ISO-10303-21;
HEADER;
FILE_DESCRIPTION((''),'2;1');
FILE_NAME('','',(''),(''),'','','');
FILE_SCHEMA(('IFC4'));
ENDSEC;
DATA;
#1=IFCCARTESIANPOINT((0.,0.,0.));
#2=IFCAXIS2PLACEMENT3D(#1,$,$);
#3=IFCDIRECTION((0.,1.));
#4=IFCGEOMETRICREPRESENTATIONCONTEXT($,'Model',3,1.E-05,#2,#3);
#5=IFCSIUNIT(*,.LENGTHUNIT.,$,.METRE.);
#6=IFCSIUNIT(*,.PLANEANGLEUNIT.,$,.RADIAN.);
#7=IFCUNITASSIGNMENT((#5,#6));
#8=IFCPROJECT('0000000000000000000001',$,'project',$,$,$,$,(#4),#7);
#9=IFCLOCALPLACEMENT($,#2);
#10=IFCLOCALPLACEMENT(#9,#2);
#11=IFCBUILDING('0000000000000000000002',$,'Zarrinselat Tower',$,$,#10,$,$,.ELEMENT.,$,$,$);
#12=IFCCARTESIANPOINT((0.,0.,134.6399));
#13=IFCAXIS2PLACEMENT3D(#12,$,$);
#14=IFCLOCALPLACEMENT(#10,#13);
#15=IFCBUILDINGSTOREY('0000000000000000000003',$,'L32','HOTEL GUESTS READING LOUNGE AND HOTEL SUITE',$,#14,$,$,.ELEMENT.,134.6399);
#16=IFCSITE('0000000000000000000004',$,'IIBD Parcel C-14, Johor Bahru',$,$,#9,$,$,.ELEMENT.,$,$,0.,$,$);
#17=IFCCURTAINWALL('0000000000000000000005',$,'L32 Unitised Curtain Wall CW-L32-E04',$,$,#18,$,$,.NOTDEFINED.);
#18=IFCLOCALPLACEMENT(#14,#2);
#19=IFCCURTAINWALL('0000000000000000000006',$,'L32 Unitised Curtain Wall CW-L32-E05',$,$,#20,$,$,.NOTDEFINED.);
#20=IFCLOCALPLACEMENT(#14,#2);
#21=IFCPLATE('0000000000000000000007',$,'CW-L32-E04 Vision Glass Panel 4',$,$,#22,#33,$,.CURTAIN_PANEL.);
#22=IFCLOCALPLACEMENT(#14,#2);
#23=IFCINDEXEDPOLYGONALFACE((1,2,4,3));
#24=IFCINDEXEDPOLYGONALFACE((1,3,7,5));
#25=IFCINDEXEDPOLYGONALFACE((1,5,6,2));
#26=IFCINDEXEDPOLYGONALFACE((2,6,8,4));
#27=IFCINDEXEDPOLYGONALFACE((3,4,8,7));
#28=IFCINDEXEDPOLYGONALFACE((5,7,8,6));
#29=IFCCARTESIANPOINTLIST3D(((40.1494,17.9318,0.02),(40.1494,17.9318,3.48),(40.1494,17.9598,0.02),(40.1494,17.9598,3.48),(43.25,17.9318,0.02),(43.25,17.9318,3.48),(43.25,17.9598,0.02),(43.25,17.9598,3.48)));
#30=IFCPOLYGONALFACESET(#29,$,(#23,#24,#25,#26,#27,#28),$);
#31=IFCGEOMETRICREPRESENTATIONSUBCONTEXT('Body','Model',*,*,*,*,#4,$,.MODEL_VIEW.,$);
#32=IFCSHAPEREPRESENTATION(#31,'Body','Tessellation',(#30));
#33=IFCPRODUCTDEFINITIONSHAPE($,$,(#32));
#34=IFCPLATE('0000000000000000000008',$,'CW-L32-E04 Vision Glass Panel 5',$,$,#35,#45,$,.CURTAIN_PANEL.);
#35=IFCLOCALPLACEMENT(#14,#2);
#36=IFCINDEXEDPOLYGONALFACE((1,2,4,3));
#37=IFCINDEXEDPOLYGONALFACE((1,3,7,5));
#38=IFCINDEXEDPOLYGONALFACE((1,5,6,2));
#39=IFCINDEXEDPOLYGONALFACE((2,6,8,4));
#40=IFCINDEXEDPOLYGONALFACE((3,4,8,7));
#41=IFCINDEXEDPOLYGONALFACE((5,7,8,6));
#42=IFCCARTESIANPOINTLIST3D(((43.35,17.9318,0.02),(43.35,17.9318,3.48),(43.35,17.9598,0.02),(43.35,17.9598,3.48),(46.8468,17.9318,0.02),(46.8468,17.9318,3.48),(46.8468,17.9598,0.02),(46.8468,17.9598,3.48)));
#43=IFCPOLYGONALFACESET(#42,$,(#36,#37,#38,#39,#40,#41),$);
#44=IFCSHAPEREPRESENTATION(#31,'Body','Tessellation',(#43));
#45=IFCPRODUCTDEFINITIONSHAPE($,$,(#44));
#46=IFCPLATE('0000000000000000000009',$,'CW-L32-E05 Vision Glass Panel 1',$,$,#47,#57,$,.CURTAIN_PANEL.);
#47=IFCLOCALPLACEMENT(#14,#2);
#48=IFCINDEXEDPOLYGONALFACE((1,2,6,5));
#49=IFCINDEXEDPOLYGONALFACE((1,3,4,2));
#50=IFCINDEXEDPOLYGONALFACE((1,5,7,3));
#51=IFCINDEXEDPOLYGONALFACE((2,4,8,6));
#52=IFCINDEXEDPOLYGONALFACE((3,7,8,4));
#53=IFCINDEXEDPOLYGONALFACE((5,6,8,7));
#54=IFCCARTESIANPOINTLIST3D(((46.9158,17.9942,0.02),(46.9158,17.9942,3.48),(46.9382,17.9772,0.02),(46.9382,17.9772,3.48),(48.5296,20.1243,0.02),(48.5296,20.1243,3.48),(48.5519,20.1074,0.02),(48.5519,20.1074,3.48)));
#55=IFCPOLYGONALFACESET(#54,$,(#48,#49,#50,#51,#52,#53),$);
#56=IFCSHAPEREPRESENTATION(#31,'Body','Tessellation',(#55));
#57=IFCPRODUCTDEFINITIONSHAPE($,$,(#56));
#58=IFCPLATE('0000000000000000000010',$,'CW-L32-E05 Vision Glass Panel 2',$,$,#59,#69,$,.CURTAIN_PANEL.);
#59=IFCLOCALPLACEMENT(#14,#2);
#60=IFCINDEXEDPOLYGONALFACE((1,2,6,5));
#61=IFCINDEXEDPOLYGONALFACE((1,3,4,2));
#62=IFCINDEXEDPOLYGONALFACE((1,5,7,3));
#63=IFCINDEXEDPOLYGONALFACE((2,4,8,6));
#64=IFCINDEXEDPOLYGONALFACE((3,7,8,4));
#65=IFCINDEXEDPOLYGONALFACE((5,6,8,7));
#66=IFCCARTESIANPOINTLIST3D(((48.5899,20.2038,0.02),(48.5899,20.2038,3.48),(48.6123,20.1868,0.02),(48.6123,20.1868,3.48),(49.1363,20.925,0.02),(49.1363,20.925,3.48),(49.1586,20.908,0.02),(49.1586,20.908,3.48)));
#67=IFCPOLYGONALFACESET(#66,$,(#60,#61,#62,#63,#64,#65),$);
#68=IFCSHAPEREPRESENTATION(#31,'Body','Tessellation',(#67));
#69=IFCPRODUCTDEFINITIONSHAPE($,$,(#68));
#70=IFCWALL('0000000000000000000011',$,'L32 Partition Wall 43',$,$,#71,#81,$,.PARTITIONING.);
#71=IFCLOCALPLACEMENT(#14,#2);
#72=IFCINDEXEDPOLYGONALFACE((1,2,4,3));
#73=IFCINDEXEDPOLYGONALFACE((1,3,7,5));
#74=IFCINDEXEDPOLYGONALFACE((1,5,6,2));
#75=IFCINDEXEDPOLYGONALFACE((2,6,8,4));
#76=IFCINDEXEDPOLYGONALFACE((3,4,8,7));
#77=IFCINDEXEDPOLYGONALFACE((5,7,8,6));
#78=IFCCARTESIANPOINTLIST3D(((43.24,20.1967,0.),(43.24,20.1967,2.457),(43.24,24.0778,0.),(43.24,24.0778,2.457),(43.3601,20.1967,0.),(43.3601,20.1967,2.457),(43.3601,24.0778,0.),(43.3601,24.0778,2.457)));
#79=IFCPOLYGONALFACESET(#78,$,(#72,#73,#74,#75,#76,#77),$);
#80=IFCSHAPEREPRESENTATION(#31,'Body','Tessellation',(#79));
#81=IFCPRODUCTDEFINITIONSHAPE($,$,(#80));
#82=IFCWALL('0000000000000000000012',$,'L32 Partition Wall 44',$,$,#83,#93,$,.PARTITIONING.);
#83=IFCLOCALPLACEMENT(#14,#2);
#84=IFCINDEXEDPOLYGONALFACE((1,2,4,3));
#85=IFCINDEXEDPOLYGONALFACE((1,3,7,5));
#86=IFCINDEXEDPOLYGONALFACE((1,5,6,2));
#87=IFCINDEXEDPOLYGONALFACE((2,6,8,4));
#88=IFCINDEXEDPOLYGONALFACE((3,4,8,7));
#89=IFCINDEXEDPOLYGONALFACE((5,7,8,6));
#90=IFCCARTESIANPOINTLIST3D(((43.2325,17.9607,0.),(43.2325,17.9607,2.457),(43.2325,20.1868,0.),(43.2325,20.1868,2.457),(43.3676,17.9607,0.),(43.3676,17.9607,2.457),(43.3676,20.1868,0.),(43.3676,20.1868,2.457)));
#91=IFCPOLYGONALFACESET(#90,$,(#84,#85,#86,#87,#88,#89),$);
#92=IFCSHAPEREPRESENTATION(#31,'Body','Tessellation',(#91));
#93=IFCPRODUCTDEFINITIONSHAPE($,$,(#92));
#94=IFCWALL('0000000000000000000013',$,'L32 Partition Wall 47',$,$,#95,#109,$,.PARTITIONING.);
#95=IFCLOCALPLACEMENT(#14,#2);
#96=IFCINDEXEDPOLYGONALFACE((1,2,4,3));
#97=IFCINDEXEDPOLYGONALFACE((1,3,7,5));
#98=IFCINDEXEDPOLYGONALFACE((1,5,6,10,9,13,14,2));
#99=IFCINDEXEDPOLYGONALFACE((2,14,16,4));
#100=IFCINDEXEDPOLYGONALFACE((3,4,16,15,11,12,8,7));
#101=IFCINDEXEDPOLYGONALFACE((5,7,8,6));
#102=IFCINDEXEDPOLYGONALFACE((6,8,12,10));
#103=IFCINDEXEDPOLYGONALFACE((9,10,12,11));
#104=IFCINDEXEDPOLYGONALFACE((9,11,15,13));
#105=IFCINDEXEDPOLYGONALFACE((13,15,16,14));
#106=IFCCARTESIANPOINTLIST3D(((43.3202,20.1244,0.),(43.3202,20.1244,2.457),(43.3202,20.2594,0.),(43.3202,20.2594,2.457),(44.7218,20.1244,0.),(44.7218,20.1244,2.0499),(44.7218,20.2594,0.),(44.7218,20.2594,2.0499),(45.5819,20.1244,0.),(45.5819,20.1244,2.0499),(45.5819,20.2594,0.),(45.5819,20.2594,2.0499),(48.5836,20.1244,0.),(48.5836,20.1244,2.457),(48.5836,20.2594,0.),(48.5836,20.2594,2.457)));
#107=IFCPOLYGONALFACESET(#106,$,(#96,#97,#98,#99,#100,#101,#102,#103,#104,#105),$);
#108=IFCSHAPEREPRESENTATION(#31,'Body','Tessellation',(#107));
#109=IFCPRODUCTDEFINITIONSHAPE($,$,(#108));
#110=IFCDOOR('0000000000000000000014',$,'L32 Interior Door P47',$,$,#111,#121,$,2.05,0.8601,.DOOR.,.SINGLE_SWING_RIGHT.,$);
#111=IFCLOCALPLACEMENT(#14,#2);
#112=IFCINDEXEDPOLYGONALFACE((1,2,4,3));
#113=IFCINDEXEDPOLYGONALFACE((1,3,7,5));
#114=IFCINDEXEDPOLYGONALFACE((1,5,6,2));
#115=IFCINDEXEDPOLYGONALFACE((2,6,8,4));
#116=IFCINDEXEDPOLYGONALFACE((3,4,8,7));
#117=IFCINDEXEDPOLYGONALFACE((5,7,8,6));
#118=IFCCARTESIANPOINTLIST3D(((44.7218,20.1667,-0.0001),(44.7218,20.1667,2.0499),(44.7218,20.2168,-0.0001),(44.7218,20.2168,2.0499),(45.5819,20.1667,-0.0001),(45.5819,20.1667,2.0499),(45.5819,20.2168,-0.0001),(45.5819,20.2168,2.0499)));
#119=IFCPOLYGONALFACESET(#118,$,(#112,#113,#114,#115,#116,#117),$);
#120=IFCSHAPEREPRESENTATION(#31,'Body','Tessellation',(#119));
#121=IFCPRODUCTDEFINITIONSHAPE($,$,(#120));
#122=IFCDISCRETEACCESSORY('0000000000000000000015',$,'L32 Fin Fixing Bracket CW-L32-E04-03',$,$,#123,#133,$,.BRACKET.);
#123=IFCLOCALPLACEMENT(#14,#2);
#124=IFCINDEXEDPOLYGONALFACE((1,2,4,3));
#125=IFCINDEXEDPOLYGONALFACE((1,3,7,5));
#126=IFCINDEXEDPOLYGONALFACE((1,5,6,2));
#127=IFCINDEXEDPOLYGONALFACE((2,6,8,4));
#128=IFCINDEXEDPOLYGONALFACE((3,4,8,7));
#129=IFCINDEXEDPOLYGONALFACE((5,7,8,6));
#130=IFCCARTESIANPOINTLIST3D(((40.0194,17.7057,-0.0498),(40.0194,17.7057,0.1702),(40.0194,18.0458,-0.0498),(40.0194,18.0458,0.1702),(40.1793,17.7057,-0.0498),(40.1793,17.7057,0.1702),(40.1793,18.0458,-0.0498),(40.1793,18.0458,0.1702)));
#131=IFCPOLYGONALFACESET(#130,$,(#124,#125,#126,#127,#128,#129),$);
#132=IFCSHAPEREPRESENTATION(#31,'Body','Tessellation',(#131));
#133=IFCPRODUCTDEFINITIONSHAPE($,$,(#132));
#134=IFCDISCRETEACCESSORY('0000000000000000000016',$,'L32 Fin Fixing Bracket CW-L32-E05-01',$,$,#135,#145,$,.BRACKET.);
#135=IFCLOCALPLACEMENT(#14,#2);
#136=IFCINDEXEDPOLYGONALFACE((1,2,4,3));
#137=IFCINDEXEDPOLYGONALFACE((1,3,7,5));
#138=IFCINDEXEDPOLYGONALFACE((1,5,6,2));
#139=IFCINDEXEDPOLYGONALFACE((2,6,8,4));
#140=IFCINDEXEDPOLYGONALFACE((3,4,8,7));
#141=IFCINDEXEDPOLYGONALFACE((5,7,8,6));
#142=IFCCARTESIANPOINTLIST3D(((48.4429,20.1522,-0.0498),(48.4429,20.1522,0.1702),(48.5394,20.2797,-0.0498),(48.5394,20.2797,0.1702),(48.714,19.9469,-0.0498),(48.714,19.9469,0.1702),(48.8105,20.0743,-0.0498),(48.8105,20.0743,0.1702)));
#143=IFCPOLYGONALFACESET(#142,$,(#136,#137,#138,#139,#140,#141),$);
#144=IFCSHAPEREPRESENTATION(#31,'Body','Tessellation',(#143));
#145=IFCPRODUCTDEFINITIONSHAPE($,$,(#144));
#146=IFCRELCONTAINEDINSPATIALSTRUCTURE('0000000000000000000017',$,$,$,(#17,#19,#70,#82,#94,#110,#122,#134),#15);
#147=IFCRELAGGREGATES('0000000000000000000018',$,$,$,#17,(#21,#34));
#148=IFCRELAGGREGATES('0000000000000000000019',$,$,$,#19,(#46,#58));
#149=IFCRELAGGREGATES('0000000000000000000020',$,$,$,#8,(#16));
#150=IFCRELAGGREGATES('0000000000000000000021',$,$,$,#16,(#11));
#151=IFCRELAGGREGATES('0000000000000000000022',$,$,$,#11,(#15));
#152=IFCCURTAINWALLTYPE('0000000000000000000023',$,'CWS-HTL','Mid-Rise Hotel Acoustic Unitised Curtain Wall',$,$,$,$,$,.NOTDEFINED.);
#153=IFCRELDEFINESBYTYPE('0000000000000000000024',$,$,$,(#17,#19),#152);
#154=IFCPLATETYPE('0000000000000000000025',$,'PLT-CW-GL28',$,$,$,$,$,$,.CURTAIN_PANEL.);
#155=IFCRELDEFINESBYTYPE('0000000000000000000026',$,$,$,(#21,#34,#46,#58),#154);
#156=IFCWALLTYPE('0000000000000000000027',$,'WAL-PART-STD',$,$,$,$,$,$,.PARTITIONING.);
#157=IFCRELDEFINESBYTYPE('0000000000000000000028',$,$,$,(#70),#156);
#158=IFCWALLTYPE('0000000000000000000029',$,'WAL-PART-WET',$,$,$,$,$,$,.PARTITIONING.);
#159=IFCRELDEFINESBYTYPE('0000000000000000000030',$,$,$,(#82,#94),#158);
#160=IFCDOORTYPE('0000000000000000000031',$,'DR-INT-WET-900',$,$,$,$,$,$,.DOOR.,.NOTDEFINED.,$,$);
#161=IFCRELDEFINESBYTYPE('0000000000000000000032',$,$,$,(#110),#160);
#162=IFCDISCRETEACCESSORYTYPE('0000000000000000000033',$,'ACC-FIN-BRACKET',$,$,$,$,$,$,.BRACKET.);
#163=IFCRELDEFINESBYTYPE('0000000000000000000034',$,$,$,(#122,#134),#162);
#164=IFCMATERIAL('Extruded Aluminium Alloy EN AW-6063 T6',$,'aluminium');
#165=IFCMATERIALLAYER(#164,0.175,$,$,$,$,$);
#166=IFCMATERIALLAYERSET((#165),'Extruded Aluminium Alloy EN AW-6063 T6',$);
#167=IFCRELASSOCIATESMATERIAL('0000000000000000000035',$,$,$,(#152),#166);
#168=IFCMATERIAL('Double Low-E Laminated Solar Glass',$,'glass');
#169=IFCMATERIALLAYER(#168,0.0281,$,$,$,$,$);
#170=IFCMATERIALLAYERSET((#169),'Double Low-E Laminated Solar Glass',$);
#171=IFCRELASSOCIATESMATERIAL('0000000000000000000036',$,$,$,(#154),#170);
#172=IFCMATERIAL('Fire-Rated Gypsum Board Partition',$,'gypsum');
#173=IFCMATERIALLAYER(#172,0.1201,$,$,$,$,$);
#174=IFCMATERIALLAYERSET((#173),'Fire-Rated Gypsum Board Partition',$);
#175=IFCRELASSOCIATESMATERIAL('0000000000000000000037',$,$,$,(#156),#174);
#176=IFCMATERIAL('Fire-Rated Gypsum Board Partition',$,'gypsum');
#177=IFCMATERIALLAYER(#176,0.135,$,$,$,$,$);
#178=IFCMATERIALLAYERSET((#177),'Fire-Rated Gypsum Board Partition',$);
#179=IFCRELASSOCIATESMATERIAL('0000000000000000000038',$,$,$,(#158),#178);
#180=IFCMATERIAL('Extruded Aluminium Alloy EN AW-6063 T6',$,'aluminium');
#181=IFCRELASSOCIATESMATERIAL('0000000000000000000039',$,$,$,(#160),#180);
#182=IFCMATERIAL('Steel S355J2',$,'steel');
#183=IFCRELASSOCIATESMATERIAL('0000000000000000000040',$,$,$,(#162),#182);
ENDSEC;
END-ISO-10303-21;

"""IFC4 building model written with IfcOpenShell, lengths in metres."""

from ifc_helpers import new_model, si_unit, direction, frame, frame_2d, origin, origin_2d, place, context, subcontext, project, spatial, rectangle, extrude, material, layer, layer_set, type_object, element, fill, aggregate, save


model = new_model("IFC4")

# Units and contexts
model_context = context("Model", 3, precision=1e-05, world=origin(), true_north=direction((0.0, 1.0)))
body_context = subcontext(model_context, "Body", "Model", "MODEL_VIEW")
ifc_project = project(units=[si_unit("LENGTHUNIT", "METRE"), si_unit("PLANEANGLEUNIT", "RADIAN")], contexts=[model_context])

# Site, building, storey
site_placement = place(None, origin())
site = spatial("IfcSite", under=ifc_project, at=site_placement, Name="IIBD Parcel C-14, Johor Bahru", CompositionType="ELEMENT", RefElevation=0.0)
building_placement = place(site_placement, origin())
building = spatial("IfcBuilding", under=site, at=building_placement, Name="Zarrinselat Tower", CompositionType="ELEMENT")
storey_placement = place(building_placement, frame((0.0, 0.0, 134.6399)))
storey = spatial("IfcBuildingStorey", under=building, at=storey_placement, Name="L32", Description="HOTEL GUESTS READING LOUNGE AND HOTEL SUITE", CompositionType="ELEMENT", Elevation=134.6399)

# Curtain walls
ifc_material_1 = material(Name="Extruded Aluminium Alloy EN AW-6063 T6", Category="aluminium")
ifc_layer_1 = layer(ifc_material_1, 0.175)
ifc_layer_set_1 = layer_set([ifc_layer_1], Name="Extruded Aluminium Alloy EN AW-6063 T6")
curtain_wall_type = type_object("IfcCurtainWallType", Name="CWS-HTL", Description="Mid-Rise Hotel Acoustic Unitised Curtain Wall", PredefinedType="NOTDEFINED", material=ifc_layer_set_1)
curtain_wall_1_placement = place(storey_placement, origin())
curtain_wall_1 = element("IfcCurtainWall", 1, at=curtain_wall_1_placement, inside=storey, type_object=curtain_wall_type, Name="L32 Unitised Curtain Wall CW-L32-E04", PredefinedType="NOTDEFINED")
curtain_wall_2_placement = place(storey_placement, origin())
curtain_wall_2 = element("IfcCurtainWall", 2, at=curtain_wall_2_placement, inside=storey, type_object=curtain_wall_type, Name="L32 Unitised Curtain Wall CW-L32-E05", PredefinedType="NOTDEFINED")

# Plates
ifc_material_2 = material(Name="Double Low-E Laminated Solar Glass", Category="glass")
ifc_layer_2 = layer(ifc_material_2, 0.0281)
ifc_layer_set_2 = layer_set([ifc_layer_2], Name="Double Low-E Laminated Solar Glass")
plate_type = type_object("IfcPlateType", Name="PLT-CW-GL28", PredefinedType="CURTAIN_PANEL", material=ifc_layer_set_2)
plate_1_placement = place(storey_placement, frame((41.6997, 17.9458, 0.02), z_axis=(0.0, 0.0, 1.0), x_axis=(1.0, 0.0, 0.0)))
plate_1 = element("IfcPlate", 3, at=plate_1_placement, type_object=plate_type, Name="CW-L32-E04 Vision Glass Panel 4", PredefinedType="CURTAIN_PANEL", context=body_context, shape_type="SweptSolid", body=[
    extrude(rectangle(XDim=3.1006, YDim=0.0281, at=origin_2d()), origin(), (0.0, 0.0, 1.0), 3.46),
])
plate_2_placement = place(storey_placement, frame((45.0984, 17.9458, 0.02), z_axis=(0.0, 0.0, 1.0), x_axis=(1.0, 0.0, 0.0)))
plate_2 = element("IfcPlate", 4, at=plate_2_placement, type_object=plate_type, Name="CW-L32-E04 Vision Glass Panel 5", PredefinedType="CURTAIN_PANEL", context=body_context, shape_type="SweptSolid", body=[
    extrude(rectangle(XDim=3.4968, YDim=0.0281, at=origin_2d()), origin(), (0.0, 0.0, 1.0), 3.46),
])
aggregate(curtain_wall_1, [plate_1, plate_2])
plate_3_placement = place(storey_placement, frame((47.7339, 19.0508, 0.02), z_axis=(0.0, 0.0, 1.0), x_axis=(0.603856, 0.797094, 0.0)))
plate_3 = element("IfcPlate", 5, at=plate_3_placement, type_object=plate_type, Name="CW-L32-E05 Vision Glass Panel 1", PredefinedType="CURTAIN_PANEL", context=body_context, shape_type="SweptSolid", body=[
    extrude(rectangle(XDim=2.6724, YDim=0.0281, at=origin_2d()), origin(), (0.0, 0.0, 1.0), 3.46),
])
plate_4_placement = place(storey_placement, frame((48.8743, 20.5559, 0.02), z_axis=(0.0, 0.0, 1.0), x_axis=(0.603856, 0.797094, 0.0)))
plate_4 = element("IfcPlate", 6, at=plate_4_placement, type_object=plate_type, Name="CW-L32-E05 Vision Glass Panel 2", PredefinedType="CURTAIN_PANEL", context=body_context, shape_type="SweptSolid", body=[
    extrude(rectangle(XDim=0.9048, YDim=0.0281, at=origin_2d()), origin(), (0.0, 0.0, 1.0), 3.46),
])
aggregate(curtain_wall_2, [plate_3, plate_4])

# Walls
ifc_material_3 = material(Name="Fire-Rated Gypsum Board Partition", Category="gypsum")
ifc_layer_3 = layer(ifc_material_3, 0.1201)
ifc_layer_set_3 = layer_set([ifc_layer_3], Name="Fire-Rated Gypsum Board Partition")
wall_type_1 = type_object("IfcWallType", Name="WAL-PART-STD", PredefinedType="PARTITIONING", material=ifc_layer_set_3)
wall_1_placement = place(storey_placement, frame((43.3, 20.1968, 0.0), z_axis=(0.0, 0.0, 1.0), x_axis=(0.0, 1.0, 0.0)))
element("IfcWall", 7, at=wall_1_placement, inside=storey, type_object=wall_type_1, Name="L32 Partition Wall 43", PredefinedType="PARTITIONING", context=body_context, shape_type="SweptSolid", body=[
    extrude(rectangle(XDim=3.8811, YDim=0.1201, at=frame_2d((1.9404, 0.0))), origin(), (0.0, 0.0, 1.0), 2.457),
])
ifc_material_4 = material(Name="Fire-Rated Gypsum Board Partition", Category="gypsum")
ifc_layer_4 = layer(ifc_material_4, 0.135)
ifc_layer_set_4 = layer_set([ifc_layer_4], Name="Fire-Rated Gypsum Board Partition")
wall_type_2 = type_object("IfcWallType", Name="WAL-PART-WET", PredefinedType="PARTITIONING", material=ifc_layer_set_4)
wall_2_placement = place(storey_placement, frame((43.3, 17.9607, 0.0), z_axis=(0.0, 0.0, 1.0), x_axis=(0.0, 1.0, 0.0)))
element("IfcWall", 8, at=wall_2_placement, inside=storey, type_object=wall_type_2, Name="L32 Partition Wall 44", PredefinedType="PARTITIONING", context=body_context, shape_type="SweptSolid", body=[
    extrude(rectangle(XDim=2.2261, YDim=0.135, at=frame_2d((1.113, 0.0))), origin(), (0.0, 0.0, 1.0), 2.457),
])

# Wall, opening, door
wall_3_placement = place(storey_placement, frame((43.3201, 20.1919, 0.0), z_axis=(0.0, 0.0, 1.0), x_axis=(1.0, 0.0, 0.0)))
wall_3 = element("IfcWall", 9, at=wall_3_placement, inside=storey, type_object=wall_type_2, Name="L32 Partition Wall 47", PredefinedType="PARTITIONING", context=body_context, shape_type="SweptSolid", body=[
    extrude(rectangle(XDim=5.2634, YDim=0.135, at=frame_2d((2.6318, 0.0))), origin(), (0.0, 0.0, 1.0), 2.457),
])
opening_placement = place(wall_3_placement, frame((1.4016, 0.0, 0.0)))
opening = element("IfcOpeningElement", 10, at=opening_placement, cuts=wall_3, PredefinedType="OPENING", context=body_context, shape_type="SweptSolid", body=[
    extrude(rectangle(XDim=0.8601, YDim=2.05, at=frame_2d((0.4302, 1.0249))), frame((0.0, 0.0774, 0.0), z_axis=(0.0, -1.0, 0.0), x_axis=(1.0, 0.0, 0.0)), (0.0, 0.0, 1.0), 0.155),
])
ifc_material_5 = material(Name="Extruded Aluminium Alloy EN AW-6063 T6", Category="aluminium")
door_type = type_object("IfcDoorType", Name="DR-INT-WET-900", OperationType="NOTDEFINED", PredefinedType="DOOR", material=ifc_material_5)
door_placement = place(opening_placement, origin())
door = element("IfcDoor", 11, at=door_placement, inside=storey, type_object=door_type, Name="L32 Interior Door P47", OperationType="SINGLE_SWING_RIGHT", OverallHeight=2.05, OverallWidth=0.8601, PredefinedType="DOOR", context=body_context, shape_type="SweptSolid", body=[
    extrude(rectangle(XDim=0.8601, YDim=2.05, at=frame_2d((0.4302, 1.0249))), frame((0.0, 0.0249, 0.0), z_axis=(0.0, -1.0, 0.0), x_axis=(1.0, 0.0, 0.0)), (0.0, 0.0, 1.0), 0.05),
])
fill(opening, door)

# Discrete accessories
ifc_material_6 = material(Name="Steel S355J2", Category="steel")
discrete_accessory_type = type_object("IfcDiscreteAccessoryType", Name="ACC-FIN-BRACKET", PredefinedType="BRACKET", material=ifc_material_6)
for number, where, z_axis, x_axis, name in (
    (12, (40.0994, 17.8757, -0.0498), (0.0, 0.0, 1.0), (0.0, -1.0, 0.0), "L32 Fin Fixing Bracket CW-L32-E04-03"),
    (13, (48.6267, 20.1133, -0.0498), (0.0, 0.0, 1.0), (0.797094, -0.603856, 0.0), "L32 Fin Fixing Bracket CW-L32-E05-01"),
):
    element("IfcDiscreteAccessory", number, at=place(storey_placement, frame(where, z_axis=z_axis, x_axis=x_axis)), inside=storey, type_object=discrete_accessory_type, Name=name, PredefinedType="BRACKET", context=body_context, shape_type="SweptSolid", body=[
        extrude(rectangle(XDim=0.3401, YDim=0.1599, at=origin_2d()), origin(), (0.0, 0.0, 1.0), 0.22),
    ])

save(model, "model.ifc")
